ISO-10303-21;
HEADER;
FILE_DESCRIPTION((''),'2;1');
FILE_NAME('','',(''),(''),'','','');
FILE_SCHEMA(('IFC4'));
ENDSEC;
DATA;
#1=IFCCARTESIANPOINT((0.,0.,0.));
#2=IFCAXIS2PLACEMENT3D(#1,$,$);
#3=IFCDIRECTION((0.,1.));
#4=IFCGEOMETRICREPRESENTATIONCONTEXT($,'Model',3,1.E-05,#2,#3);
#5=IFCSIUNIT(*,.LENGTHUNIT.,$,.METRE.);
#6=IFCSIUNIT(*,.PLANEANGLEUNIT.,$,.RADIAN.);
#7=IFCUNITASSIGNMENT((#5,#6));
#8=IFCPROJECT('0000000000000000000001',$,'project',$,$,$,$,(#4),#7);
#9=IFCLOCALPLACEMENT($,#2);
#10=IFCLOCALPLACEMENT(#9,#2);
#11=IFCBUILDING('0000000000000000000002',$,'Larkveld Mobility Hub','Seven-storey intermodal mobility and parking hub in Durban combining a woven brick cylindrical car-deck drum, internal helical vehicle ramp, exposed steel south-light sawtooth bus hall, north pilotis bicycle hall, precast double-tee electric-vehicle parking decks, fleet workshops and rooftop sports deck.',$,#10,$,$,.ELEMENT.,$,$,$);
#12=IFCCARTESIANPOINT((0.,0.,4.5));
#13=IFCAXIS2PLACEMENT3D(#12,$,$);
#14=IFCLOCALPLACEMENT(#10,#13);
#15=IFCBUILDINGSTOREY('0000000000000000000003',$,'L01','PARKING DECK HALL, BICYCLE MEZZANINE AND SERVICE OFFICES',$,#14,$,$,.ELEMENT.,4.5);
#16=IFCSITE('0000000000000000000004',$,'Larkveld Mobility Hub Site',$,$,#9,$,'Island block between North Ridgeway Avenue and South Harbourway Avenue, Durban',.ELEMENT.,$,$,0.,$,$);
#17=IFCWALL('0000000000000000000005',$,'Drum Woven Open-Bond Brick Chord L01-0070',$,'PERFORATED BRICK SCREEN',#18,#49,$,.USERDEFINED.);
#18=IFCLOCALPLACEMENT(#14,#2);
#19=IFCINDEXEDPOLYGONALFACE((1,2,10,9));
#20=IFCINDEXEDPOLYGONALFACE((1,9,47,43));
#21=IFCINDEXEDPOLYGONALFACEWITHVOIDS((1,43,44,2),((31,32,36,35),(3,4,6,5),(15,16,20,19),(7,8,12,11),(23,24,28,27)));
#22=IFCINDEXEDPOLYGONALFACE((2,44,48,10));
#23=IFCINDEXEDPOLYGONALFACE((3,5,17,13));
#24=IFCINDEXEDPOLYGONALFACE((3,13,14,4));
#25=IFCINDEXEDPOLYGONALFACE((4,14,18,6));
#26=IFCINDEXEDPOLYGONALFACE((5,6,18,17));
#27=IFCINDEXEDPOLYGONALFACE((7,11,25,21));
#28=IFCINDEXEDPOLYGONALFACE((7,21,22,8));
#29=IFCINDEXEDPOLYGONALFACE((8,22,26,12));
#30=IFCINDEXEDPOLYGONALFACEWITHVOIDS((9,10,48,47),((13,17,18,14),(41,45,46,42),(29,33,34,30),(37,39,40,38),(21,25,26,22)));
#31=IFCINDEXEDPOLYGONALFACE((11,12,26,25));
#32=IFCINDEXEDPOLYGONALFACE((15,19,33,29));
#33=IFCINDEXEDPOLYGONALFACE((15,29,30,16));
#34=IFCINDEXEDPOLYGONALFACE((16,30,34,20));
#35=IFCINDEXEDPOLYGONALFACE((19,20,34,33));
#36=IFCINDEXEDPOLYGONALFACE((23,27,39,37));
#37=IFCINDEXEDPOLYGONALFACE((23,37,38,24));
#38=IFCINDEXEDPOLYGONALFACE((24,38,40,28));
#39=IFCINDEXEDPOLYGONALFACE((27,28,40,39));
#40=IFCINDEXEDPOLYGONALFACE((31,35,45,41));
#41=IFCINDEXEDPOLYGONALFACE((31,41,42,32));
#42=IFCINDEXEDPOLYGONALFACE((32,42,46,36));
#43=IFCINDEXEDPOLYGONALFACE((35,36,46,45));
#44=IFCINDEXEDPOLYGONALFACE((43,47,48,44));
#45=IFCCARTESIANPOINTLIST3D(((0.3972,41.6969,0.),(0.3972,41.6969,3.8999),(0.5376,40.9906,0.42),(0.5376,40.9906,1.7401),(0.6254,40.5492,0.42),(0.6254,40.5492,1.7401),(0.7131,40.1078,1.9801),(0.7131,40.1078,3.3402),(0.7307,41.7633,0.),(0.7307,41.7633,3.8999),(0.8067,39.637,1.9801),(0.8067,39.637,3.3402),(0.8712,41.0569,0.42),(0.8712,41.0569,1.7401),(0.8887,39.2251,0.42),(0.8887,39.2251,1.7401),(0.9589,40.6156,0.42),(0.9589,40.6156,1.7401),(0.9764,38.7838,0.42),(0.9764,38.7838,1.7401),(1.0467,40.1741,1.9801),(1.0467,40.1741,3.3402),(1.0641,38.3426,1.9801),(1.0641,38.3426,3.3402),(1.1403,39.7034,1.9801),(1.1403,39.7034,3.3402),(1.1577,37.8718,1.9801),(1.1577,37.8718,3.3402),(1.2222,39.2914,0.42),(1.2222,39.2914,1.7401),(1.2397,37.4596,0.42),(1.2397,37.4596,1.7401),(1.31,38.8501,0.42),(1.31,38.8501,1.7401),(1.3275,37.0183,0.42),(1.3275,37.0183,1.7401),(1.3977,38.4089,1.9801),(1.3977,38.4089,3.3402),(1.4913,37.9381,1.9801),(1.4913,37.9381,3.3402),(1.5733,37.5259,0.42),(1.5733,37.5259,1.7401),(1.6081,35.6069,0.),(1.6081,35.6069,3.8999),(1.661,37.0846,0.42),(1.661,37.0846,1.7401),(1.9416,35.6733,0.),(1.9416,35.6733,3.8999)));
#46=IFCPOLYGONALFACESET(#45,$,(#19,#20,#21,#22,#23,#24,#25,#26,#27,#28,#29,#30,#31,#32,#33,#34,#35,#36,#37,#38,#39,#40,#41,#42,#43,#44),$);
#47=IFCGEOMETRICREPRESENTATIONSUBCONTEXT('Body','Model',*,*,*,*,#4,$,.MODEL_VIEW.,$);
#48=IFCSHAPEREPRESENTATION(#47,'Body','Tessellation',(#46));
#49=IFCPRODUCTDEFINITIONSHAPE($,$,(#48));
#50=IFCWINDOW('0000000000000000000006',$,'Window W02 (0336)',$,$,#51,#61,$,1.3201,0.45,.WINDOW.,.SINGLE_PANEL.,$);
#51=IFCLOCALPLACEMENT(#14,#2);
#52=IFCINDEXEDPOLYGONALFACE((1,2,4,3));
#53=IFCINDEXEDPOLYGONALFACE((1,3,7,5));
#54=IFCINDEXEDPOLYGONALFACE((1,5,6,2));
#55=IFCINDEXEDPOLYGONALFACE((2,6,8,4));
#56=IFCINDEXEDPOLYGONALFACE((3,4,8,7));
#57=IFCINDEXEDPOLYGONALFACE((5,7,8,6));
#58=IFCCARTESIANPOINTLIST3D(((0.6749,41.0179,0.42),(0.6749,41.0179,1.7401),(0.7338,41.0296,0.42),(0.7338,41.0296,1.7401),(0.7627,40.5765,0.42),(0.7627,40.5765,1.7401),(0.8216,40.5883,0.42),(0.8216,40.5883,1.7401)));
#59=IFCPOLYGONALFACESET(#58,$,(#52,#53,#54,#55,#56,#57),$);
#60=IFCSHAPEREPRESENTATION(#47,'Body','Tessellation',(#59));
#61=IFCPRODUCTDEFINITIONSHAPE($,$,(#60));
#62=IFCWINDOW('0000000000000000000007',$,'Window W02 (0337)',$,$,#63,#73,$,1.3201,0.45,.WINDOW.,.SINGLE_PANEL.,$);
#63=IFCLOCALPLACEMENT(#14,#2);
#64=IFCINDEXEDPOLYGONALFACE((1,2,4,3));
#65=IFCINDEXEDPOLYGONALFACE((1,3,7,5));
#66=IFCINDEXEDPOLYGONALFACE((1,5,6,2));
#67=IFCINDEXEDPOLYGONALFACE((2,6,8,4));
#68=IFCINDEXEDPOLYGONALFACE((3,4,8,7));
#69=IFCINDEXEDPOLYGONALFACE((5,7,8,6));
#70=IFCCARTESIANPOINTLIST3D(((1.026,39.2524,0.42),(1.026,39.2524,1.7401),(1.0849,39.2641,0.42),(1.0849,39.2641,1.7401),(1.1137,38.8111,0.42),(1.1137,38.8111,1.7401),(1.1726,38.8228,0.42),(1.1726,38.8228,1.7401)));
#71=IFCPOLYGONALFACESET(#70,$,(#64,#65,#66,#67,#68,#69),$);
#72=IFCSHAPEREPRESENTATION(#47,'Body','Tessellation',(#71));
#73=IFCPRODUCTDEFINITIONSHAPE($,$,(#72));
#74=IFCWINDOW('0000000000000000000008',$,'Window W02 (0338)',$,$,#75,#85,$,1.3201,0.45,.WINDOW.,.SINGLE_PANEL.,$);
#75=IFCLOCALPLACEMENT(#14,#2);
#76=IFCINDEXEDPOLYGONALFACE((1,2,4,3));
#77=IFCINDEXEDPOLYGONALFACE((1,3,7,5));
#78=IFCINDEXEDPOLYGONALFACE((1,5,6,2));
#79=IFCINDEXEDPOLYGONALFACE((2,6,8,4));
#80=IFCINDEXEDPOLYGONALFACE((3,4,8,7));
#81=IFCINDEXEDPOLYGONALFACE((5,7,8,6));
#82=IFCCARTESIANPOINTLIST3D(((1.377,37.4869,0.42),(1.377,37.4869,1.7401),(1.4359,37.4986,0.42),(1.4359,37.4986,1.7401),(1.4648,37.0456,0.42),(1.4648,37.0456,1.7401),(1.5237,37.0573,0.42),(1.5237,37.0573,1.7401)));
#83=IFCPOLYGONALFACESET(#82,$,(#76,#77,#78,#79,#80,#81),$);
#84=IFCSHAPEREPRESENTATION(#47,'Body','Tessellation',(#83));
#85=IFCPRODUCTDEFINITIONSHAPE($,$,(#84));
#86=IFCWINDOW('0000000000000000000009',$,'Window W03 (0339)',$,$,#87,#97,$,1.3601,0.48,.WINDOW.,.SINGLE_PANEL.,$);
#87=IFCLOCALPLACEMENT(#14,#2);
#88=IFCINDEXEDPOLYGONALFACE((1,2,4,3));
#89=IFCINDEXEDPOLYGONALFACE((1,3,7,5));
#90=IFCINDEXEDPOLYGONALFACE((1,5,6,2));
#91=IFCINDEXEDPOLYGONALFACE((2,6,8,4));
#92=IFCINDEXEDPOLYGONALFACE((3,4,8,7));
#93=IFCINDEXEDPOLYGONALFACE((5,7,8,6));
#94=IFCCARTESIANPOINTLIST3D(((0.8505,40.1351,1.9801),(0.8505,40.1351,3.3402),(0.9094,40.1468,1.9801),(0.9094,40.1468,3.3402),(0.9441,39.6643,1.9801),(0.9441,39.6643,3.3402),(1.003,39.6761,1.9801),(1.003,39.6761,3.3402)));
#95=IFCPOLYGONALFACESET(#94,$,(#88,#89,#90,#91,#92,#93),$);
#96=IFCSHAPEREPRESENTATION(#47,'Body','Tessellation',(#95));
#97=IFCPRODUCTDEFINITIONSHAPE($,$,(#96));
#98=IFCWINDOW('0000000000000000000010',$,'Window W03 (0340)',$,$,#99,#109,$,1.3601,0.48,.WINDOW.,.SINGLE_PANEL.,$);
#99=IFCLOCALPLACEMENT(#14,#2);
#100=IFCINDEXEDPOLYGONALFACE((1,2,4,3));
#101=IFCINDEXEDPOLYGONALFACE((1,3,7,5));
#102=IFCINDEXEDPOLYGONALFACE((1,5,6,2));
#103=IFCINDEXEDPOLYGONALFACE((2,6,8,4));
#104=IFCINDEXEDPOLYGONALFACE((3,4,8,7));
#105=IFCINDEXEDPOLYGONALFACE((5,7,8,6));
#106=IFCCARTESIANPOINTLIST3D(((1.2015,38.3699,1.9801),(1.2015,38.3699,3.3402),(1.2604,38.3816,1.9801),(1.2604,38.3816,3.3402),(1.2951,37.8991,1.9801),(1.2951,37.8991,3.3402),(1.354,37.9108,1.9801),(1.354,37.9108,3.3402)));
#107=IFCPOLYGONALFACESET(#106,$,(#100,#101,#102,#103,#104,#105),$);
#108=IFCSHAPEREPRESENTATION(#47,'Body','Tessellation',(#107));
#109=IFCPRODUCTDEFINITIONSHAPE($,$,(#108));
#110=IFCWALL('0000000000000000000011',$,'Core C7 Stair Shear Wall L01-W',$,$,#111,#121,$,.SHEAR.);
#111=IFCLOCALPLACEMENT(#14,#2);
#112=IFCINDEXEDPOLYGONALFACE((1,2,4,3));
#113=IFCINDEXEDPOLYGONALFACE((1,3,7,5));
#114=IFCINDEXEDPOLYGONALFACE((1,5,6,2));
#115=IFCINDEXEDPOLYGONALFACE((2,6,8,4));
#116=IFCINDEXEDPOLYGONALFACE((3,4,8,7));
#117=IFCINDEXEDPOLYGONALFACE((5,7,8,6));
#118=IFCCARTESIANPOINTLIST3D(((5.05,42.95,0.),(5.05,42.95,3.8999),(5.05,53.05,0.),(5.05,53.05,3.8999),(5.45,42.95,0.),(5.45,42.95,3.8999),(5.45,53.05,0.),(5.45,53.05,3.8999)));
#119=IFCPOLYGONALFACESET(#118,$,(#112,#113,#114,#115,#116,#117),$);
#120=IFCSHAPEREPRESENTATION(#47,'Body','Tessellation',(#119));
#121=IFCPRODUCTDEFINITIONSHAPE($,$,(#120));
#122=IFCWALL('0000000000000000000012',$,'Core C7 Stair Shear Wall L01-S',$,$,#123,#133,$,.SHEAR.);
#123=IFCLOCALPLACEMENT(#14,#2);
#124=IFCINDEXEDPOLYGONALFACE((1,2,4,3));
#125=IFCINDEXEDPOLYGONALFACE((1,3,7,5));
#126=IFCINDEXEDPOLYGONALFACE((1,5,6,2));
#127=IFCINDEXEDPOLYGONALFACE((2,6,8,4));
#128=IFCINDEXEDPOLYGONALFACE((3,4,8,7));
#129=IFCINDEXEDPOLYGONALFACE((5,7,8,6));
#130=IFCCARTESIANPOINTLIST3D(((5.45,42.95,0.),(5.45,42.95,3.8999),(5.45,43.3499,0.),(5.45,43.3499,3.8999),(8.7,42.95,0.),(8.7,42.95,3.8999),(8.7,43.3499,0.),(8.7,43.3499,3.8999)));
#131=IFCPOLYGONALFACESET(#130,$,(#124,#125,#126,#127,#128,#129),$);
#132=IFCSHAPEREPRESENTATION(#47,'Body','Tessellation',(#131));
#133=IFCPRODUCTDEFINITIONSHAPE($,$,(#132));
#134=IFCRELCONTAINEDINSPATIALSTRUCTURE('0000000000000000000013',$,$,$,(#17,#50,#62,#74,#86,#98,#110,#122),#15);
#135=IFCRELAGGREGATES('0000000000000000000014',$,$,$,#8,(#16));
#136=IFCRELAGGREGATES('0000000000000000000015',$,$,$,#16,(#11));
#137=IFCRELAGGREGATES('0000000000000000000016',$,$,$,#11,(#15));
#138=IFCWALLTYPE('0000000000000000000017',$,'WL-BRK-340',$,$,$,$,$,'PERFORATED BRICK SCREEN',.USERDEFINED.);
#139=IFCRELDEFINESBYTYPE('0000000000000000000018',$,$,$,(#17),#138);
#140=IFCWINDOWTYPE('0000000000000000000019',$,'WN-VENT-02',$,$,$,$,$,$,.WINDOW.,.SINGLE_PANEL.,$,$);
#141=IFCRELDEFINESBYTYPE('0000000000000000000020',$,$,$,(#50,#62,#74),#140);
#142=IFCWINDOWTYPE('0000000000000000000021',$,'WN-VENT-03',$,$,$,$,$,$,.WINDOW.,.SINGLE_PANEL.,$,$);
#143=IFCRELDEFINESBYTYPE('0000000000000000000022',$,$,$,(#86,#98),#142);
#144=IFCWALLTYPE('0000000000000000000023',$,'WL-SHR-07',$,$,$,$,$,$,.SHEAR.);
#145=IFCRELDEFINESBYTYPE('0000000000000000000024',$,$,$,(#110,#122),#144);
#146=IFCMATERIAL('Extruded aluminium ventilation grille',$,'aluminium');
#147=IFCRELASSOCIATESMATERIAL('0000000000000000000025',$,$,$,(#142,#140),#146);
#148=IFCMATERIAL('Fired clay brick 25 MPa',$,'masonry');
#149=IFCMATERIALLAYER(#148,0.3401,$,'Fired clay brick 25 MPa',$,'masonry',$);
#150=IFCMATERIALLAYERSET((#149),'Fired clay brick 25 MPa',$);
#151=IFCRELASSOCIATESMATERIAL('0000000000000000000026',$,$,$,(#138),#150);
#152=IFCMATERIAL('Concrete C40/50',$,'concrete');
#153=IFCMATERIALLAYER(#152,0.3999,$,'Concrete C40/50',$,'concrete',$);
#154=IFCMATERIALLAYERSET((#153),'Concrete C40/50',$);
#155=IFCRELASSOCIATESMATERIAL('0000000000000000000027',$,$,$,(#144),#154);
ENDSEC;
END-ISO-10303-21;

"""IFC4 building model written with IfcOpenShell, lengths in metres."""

from ifc_helpers import new_model, si_unit, direction, frame, frame_2d, origin, place, context, subcontext, project, spatial, rectangle, extrude, material, layer, layer_set, type_object, element, fill, save


model = new_model("IFC4")

# Units and contexts
model_context = context("Model", 3, precision=1e-05, world=origin(), true_north=direction((0.0, 1.0)))
body_context = subcontext(model_context, "Body", "Model", "MODEL_VIEW")
ifc_project = project(units=[si_unit("LENGTHUNIT", "METRE"), si_unit("PLANEANGLEUNIT", "RADIAN")], contexts=[model_context])

# Site, building, storey
site_placement = place(None, origin())
site = spatial("IfcSite", under=ifc_project, at=site_placement, Name="Larkveld Mobility Hub Site", LongName="Island block between North Ridgeway Avenue and South Harbourway Avenue, Durban", CompositionType="ELEMENT", RefElevation=0.0)
building_placement = place(site_placement, origin())
building = spatial("IfcBuilding", under=site, at=building_placement, Name="Larkveld Mobility Hub", Description="Seven-storey intermodal mobility and parking hub in Durban combining a woven brick cylindrical car-deck drum, internal helical vehicle ramp, exposed steel south-light sawtooth bus hall, north pilotis bicycle hall, precast double-tee electric-vehicle parking decks, fleet workshops and rooftop sports deck.", CompositionType="ELEMENT")
storey_placement = place(building_placement, frame((0.0, 0.0, 4.5)))
storey = spatial("IfcBuildingStorey", under=building, at=storey_placement, Name="L01", Description="PARKING DECK HALL, BICYCLE MEZZANINE AND SERVICE OFFICES", CompositionType="ELEMENT", Elevation=4.5)

# Shared definitions
ifc_material_1 = material(Name="Concrete C40/50", Category="concrete")

# Wall, openings, windows
ifc_material_2 = material(Name="Fired clay brick 25 MPa", Category="masonry")
ifc_material_3 = material(Name="Extruded aluminium ventilation grille", Category="aluminium")
window_type_1 = type_object("IfcWindowType", Name="WN-VENT-03", PartitioningType="SINGLE_PANEL", PredefinedType="WINDOW", material=ifc_material_3)
ifc_layer_1 = layer(ifc_material_2, 0.3401, Name="Fired clay brick 25 MPa", Category="masonry")
ifc_layer_set_1 = layer_set([ifc_layer_1], Name="Fired clay brick 25 MPa")
wall_type_1 = type_object("IfcWallType", Name="WL-BRK-340", ElementType="PERFORATED BRICK SCREEN", PredefinedType="USERDEFINED", material=ifc_layer_set_1)
wall_1_placement = place(storey_placement, frame((0.564, 41.73, 0.0), z_axis=(0.0, 0.0, 1.0), x_axis=(0.19502, -0.980799, 0.0)))
wall_1 = element("IfcWall", 1, at=wall_1_placement, inside=storey, type_object=wall_type_1, Name="Drum Woven Open-Bond Brick Chord L01-0070", ObjectType="PERFORATED BRICK SCREEN", PredefinedType="USERDEFINED", context=body_context, shape_type="SweptSolid", body=[
    extrude(rectangle(XDim=6.2092, YDim=0.3401, at=frame_2d((3.1045, 0.0))), origin(), (0.0, 0.0, 1.0), 3.8999),
])
opening_1_placement = place(wall_1_placement, frame((0.72, 0.0, 0.4199)))
opening_1 = element("IfcOpeningElement", 2, at=opening_1_placement, cuts=wall_1, PredefinedType="OPENING", context=body_context, shape_type="SweptSolid", body=[
    extrude(rectangle(XDim=0.45, YDim=1.3201, at=frame_2d((0.2251, 0.6602))), frame((0.0, 0.1802, 0.0), z_axis=(0.0, -1.0, 0.0), x_axis=(1.0, 0.0, 0.0)), (0.0, 0.0, 1.0), 0.3601),
])
opening_2_placement = place(wall_1_placement, frame((2.52, 0.0, 0.4199)))
opening_2 = element("IfcOpeningElement", 3, at=opening_2_placement, cuts=wall_1, PredefinedType="OPENING", context=body_context, shape_type="SweptSolid", body=[
    extrude(rectangle(XDim=0.45, YDim=1.3201, at=frame_2d((0.2251, 0.6602))), frame((0.0, 0.1802, 0.0), z_axis=(0.0, -1.0, 0.0), x_axis=(1.0, 0.0, 0.0)), (0.0, 0.0, 1.0), 0.3601),
])
opening_3_placement = place(wall_1_placement, frame((4.3201, 0.0, 0.4199)))
opening_3 = element("IfcOpeningElement", 4, at=opening_3_placement, cuts=wall_1, PredefinedType="OPENING", context=body_context, shape_type="SweptSolid", body=[
    extrude(rectangle(XDim=0.45, YDim=1.3201, at=frame_2d((0.2251, 0.6602))), frame((0.0, 0.1802, 0.0), z_axis=(0.0, -1.0, 0.0), x_axis=(1.0, 0.0, 0.0)), (0.0, 0.0, 1.0), 0.3601),
])
opening_4_placement = place(wall_1_placement, frame((1.6201, 0.0, 1.98)))
opening_4 = element("IfcOpeningElement", 5, at=opening_4_placement, cuts=wall_1, PredefinedType="OPENING", context=body_context, shape_type="SweptSolid", body=[
    extrude(rectangle(XDim=0.48, YDim=1.3601, at=frame_2d((0.24, 0.6802))), frame((0.0, 0.1802, 0.0), z_axis=(0.0, -1.0, 0.0), x_axis=(1.0, 0.0, 0.0)), (0.0, 0.0, 1.0), 0.3601),
])
opening_5_placement = place(wall_1_placement, frame((3.4199, 0.0, 1.98)))
opening_5 = element("IfcOpeningElement", 6, at=opening_5_placement, cuts=wall_1, PredefinedType="OPENING", context=body_context, shape_type="SweptSolid", body=[
    extrude(rectangle(XDim=0.48, YDim=1.3601, at=frame_2d((0.24, 0.6802))), frame((0.0, 0.1802, 0.0), z_axis=(0.0, -1.0, 0.0), x_axis=(1.0, 0.0, 0.0)), (0.0, 0.0, 1.0), 0.3601),
])
window_type_2 = type_object("IfcWindowType", Name="WN-VENT-02", PartitioningType="SINGLE_PANEL", PredefinedType="WINDOW", material=ifc_material_3)
window_1_placement = place(opening_1_placement, origin())
window_1 = element("IfcWindow", 7, at=window_1_placement, inside=storey, type_object=window_type_2, Name="Window W02 (0336)", OverallHeight=1.3201, OverallWidth=0.45, PartitioningType="SINGLE_PANEL", PredefinedType="WINDOW", context=body_context, shape_type="SweptSolid", body=[
    extrude(rectangle(XDim=0.45, YDim=1.3201, at=frame_2d((0.2251, 0.6602))), frame((0.0, 0.03, 0.0), z_axis=(0.0, -1.0, 0.0), x_axis=(1.0, 0.0, 0.0)), (0.0, 0.0, 1.0), 0.0601),
])
fill(opening_1, window_1)
window_2_placement = place(opening_2_placement, origin())
window_2 = element("IfcWindow", 8, at=window_2_placement, inside=storey, type_object=window_type_2, Name="Window W02 (0337)", OverallHeight=1.3201, OverallWidth=0.45, PartitioningType="SINGLE_PANEL", PredefinedType="WINDOW", context=body_context, shape_type="SweptSolid", body=[
    extrude(rectangle(XDim=0.45, YDim=1.3201, at=frame_2d((0.2251, 0.6602))), frame((0.0, 0.03, 0.0), z_axis=(0.0, -1.0, 0.0), x_axis=(1.0, 0.0, 0.0)), (0.0, 0.0, 1.0), 0.0601),
])
fill(opening_2, window_2)
window_3_placement = place(opening_3_placement, origin())
window_3 = element("IfcWindow", 9, at=window_3_placement, inside=storey, type_object=window_type_2, Name="Window W02 (0338)", OverallHeight=1.3201, OverallWidth=0.45, PartitioningType="SINGLE_PANEL", PredefinedType="WINDOW", context=body_context, shape_type="SweptSolid", body=[
    extrude(rectangle(XDim=0.45, YDim=1.3201, at=frame_2d((0.2251, 0.6602))), frame((0.0, 0.03, 0.0), z_axis=(0.0, -1.0, 0.0), x_axis=(1.0, 0.0, 0.0)), (0.0, 0.0, 1.0), 0.0601),
])
fill(opening_3, window_3)
window_4_placement = place(opening_4_placement, origin())
window_4 = element("IfcWindow", 10, at=window_4_placement, inside=storey, type_object=window_type_1, Name="Window W03 (0339)", OverallHeight=1.3601, OverallWidth=0.48, PartitioningType="SINGLE_PANEL", PredefinedType="WINDOW", context=body_context, shape_type="SweptSolid", body=[
    extrude(rectangle(XDim=0.48, YDim=1.3601, at=frame_2d((0.24, 0.6802))), frame((0.0, 0.03, 0.0), z_axis=(0.0, -1.0, 0.0), x_axis=(1.0, 0.0, 0.0)), (0.0, 0.0, 1.0), 0.0601),
])
fill(opening_4, window_4)
window_5_placement = place(opening_5_placement, origin())
window_5 = element("IfcWindow", 11, at=window_5_placement, inside=storey, type_object=window_type_1, Name="Window W03 (0340)", OverallHeight=1.3601, OverallWidth=0.48, PartitioningType="SINGLE_PANEL", PredefinedType="WINDOW", context=body_context, shape_type="SweptSolid", body=[
    extrude(rectangle(XDim=0.48, YDim=1.3601, at=frame_2d((0.24, 0.6802))), frame((0.0, 0.03, 0.0), z_axis=(0.0, -1.0, 0.0), x_axis=(1.0, 0.0, 0.0)), (0.0, 0.0, 1.0), 0.0601),
])
fill(opening_5, window_5)

# Walls
ifc_layer_2 = layer(ifc_material_1, 0.3999, Name="Concrete C40/50", Category="concrete")
ifc_layer_set_2 = layer_set([ifc_layer_2], Name="Concrete C40/50")
wall_type_2 = type_object("IfcWallType", Name="WL-SHR-07", PredefinedType="SHEAR", material=ifc_layer_set_2)
wall_2_placement = place(storey_placement, frame((5.25, 42.95, 0.0), z_axis=(0.0, 0.0, 1.0), x_axis=(0.0, 1.0, 0.0)))
element("IfcWall", 12, at=wall_2_placement, inside=storey, type_object=wall_type_2, Name="Core C7 Stair Shear Wall L01-W", PredefinedType="SHEAR", context=body_context, shape_type="SweptSolid", body=[
    extrude(rectangle(XDim=10.1001, YDim=0.3999, at=frame_2d((5.05, 0.0))), origin(), (0.0, 0.0, 1.0), 3.8999),
])
wall_3_placement = place(storey_placement, frame((8.7, 43.1499, 0.0), z_axis=(0.0, 0.0, 1.0), x_axis=(-1.0, 0.0, 0.0)))
element("IfcWall", 13, at=wall_3_placement, inside=storey, type_object=wall_type_2, Name="Core C7 Stair Shear Wall L01-S", PredefinedType="SHEAR", context=body_context, shape_type="SweptSolid", body=[
    extrude(rectangle(XDim=3.25, YDim=0.3999, at=frame_2d((1.625, 0.0))), origin(), (0.0, 0.0, 1.0), 3.8999),
])

save(model, "model.ifc")
